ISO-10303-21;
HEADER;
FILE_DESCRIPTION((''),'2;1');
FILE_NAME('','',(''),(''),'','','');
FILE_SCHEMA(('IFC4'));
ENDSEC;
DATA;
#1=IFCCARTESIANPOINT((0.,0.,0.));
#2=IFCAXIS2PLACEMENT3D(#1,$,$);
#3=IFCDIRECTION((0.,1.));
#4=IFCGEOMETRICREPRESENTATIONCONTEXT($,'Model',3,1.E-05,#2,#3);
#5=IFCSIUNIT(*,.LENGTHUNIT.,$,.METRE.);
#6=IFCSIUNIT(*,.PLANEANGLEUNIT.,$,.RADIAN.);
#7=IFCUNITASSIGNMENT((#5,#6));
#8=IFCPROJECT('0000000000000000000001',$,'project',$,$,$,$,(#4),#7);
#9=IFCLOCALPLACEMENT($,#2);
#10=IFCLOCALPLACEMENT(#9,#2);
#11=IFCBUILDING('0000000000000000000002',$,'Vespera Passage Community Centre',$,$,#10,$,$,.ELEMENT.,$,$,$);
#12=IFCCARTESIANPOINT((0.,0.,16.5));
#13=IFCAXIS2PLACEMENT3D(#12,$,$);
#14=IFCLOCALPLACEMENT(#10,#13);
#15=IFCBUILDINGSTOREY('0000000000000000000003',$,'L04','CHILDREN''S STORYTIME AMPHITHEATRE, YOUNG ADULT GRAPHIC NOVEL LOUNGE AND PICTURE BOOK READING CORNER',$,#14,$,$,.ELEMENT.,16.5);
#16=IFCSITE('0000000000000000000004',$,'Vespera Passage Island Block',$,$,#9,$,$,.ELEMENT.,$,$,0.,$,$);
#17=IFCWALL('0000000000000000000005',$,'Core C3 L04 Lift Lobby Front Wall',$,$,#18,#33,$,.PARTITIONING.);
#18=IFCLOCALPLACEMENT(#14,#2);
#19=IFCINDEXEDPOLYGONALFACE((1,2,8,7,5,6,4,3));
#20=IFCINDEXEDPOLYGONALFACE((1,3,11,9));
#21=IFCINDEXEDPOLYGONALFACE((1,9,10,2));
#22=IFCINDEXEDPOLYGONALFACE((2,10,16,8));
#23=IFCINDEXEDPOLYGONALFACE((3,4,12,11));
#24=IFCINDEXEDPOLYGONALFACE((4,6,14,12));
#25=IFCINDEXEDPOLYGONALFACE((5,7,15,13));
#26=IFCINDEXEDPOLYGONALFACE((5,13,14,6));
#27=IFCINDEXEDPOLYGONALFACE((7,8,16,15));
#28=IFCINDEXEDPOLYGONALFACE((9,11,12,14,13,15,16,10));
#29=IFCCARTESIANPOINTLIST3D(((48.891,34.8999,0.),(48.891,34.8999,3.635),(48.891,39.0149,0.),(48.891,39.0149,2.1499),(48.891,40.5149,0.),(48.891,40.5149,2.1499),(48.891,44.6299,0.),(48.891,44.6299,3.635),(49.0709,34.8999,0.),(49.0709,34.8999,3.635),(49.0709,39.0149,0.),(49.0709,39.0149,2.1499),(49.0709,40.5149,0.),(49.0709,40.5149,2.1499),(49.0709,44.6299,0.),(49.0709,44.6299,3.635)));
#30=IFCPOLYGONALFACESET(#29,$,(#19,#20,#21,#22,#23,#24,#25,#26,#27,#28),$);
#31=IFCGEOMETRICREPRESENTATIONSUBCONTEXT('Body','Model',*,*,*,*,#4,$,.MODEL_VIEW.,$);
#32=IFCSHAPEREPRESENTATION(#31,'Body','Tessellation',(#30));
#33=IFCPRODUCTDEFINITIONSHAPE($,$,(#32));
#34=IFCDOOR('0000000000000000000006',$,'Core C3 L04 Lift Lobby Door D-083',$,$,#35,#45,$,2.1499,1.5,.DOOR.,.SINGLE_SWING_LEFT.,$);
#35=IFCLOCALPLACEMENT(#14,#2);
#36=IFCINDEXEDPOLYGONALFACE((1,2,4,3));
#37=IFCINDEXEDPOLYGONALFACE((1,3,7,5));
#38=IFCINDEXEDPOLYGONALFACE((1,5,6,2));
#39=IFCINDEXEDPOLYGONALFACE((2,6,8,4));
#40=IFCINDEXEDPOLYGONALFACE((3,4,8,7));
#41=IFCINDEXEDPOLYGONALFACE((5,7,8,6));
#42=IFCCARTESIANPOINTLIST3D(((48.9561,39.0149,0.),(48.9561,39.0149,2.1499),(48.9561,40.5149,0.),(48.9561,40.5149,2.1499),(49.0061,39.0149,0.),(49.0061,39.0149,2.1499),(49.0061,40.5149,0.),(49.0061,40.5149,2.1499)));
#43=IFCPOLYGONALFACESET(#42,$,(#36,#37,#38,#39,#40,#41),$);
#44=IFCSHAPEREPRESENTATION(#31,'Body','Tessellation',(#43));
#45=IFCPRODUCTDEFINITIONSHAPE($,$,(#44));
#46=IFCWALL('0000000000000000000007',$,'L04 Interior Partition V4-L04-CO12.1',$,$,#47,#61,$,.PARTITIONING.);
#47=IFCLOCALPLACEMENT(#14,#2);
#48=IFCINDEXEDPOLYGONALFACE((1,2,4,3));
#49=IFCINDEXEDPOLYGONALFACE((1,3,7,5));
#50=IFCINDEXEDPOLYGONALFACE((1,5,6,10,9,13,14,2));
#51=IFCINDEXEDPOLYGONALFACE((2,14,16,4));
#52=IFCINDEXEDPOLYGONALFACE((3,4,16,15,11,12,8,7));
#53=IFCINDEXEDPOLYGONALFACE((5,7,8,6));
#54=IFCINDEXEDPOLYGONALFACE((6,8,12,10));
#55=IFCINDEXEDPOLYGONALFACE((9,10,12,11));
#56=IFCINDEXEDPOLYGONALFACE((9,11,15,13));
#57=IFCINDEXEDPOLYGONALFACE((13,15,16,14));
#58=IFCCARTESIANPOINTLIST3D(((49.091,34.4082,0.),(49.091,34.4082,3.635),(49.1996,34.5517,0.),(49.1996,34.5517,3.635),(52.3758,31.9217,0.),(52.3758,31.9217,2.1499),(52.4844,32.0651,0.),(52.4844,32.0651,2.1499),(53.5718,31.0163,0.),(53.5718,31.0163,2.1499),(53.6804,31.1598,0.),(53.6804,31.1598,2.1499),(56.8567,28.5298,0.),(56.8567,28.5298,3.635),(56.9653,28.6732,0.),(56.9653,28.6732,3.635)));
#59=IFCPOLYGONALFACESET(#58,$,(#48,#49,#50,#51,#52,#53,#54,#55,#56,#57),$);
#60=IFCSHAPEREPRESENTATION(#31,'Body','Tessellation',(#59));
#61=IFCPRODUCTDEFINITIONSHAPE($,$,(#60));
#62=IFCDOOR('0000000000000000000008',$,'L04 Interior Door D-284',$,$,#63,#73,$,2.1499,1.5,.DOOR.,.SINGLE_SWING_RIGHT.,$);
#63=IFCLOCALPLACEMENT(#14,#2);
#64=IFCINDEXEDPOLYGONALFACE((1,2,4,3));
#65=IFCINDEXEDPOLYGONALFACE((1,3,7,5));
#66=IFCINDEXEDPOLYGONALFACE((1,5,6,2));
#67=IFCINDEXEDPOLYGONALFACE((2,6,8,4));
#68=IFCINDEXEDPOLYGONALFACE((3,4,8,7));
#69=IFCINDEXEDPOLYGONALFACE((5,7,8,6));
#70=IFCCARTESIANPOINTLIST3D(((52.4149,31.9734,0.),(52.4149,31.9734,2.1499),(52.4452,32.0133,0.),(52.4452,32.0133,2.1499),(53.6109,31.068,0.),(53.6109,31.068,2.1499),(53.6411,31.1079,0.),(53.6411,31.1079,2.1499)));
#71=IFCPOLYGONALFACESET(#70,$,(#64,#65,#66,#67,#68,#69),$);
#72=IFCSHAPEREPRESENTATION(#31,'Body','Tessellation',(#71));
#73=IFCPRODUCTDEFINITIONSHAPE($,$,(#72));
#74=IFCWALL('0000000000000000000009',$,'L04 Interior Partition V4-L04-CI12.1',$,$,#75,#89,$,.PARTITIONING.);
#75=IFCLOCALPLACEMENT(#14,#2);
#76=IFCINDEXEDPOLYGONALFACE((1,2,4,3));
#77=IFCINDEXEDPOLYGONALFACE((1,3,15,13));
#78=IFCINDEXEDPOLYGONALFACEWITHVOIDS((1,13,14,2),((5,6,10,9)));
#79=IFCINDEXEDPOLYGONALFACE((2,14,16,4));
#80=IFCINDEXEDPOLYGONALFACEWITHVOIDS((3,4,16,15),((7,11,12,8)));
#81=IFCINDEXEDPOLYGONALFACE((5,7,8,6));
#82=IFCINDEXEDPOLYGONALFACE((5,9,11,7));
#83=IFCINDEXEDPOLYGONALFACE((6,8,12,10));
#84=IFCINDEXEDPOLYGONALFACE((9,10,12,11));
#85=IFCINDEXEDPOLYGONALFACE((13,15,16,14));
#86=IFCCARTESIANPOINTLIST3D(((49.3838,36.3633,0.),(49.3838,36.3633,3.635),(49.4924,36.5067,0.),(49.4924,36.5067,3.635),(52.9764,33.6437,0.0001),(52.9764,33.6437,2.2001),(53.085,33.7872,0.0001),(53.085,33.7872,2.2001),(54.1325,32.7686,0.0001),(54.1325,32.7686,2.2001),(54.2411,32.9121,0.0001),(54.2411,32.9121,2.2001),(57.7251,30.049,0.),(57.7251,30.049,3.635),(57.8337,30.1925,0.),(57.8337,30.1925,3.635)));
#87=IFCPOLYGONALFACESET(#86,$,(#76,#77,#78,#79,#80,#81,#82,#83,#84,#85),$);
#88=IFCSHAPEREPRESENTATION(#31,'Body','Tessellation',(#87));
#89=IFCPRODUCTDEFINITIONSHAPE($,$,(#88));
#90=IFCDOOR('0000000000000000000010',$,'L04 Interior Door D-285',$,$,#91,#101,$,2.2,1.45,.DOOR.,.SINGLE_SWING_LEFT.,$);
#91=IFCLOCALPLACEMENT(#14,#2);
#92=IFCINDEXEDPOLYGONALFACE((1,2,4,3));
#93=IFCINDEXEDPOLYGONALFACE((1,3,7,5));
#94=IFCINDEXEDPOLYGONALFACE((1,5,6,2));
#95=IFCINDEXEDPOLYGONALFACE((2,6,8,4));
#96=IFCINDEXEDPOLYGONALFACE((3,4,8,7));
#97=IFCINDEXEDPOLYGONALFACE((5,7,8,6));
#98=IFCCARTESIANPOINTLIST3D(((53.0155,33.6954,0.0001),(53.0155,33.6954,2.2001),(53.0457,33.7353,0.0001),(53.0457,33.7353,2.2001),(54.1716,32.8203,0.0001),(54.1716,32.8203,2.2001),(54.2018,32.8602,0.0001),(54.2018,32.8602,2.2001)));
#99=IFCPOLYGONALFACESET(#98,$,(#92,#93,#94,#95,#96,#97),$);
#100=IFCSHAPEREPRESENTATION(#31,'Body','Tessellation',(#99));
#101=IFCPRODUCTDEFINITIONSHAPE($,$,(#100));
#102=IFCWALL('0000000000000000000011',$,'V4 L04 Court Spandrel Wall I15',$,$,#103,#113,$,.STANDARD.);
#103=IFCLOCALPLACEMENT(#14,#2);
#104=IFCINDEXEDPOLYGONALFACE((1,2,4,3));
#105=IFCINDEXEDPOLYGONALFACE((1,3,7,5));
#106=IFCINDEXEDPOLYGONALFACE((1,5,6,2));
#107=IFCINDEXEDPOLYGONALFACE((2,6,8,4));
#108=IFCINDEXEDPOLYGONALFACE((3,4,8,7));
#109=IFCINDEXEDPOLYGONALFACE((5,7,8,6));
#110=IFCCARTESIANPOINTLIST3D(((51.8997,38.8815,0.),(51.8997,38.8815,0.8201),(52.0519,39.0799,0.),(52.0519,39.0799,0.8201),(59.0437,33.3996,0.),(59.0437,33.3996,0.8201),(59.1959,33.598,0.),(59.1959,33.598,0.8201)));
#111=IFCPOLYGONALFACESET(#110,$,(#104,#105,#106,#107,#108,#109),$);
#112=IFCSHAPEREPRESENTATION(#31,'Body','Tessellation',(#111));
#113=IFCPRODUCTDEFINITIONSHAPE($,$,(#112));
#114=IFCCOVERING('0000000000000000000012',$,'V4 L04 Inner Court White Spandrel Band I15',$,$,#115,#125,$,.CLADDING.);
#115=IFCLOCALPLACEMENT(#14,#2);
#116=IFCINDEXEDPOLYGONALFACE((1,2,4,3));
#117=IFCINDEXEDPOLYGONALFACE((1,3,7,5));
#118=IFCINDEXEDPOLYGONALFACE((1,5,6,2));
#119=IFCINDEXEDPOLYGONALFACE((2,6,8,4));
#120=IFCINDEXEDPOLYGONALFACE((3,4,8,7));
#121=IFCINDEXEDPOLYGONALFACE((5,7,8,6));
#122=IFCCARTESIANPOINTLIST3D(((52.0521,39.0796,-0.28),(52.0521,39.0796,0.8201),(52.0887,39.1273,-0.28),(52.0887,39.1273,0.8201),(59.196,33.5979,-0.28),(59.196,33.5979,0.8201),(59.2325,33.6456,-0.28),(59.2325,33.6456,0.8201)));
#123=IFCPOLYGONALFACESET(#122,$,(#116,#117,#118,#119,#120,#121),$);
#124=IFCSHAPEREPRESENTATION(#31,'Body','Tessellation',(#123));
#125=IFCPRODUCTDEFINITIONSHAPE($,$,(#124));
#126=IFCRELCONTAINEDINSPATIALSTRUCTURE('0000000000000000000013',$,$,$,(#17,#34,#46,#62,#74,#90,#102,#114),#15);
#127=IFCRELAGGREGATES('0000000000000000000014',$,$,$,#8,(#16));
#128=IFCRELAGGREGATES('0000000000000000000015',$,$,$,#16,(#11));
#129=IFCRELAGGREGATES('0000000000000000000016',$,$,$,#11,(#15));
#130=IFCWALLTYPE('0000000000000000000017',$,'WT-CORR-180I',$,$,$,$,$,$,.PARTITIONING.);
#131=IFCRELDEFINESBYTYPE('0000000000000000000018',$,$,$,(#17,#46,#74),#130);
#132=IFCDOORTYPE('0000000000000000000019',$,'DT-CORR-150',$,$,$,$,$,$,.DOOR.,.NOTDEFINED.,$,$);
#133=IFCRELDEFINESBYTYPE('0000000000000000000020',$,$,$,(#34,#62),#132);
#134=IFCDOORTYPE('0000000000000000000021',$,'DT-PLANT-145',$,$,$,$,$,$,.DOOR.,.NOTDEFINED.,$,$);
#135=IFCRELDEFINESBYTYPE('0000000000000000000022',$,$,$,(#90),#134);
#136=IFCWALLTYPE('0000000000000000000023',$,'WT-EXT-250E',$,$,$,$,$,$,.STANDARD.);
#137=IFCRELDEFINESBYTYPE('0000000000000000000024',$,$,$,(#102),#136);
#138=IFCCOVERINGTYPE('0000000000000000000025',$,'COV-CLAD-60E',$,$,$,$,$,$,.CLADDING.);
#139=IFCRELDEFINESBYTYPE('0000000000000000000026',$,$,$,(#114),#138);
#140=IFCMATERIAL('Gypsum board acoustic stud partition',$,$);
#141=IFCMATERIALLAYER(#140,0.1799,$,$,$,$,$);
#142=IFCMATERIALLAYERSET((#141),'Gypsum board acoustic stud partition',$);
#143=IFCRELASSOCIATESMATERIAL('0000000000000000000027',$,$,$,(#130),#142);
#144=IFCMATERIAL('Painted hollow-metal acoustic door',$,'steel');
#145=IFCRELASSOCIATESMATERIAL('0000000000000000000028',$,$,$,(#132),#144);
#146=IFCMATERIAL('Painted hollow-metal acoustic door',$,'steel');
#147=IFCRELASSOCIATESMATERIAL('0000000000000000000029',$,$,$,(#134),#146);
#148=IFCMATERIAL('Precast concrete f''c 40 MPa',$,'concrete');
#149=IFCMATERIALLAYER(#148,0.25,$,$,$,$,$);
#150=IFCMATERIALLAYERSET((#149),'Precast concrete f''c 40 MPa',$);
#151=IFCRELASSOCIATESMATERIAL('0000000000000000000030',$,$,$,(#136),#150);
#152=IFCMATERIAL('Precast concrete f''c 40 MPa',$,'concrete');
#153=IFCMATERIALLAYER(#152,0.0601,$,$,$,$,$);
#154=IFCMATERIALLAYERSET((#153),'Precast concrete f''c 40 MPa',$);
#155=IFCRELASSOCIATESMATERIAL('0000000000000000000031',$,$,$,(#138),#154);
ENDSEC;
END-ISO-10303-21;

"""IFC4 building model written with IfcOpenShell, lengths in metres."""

from ifc_helpers import new_model, si_unit, direction, frame, frame_2d, origin, place, context, subcontext, project, spatial, rectangle, extrude, material, layer, layer_set, type_object, element, fill, save


model = new_model("IFC4")

# Units and contexts
model_context = context("Model", 3, precision=1e-05, world=origin(), true_north=direction((0.0, 1.0)))
body_context = subcontext(model_context, "Body", "Model", "MODEL_VIEW")
ifc_project = project(units=[si_unit("LENGTHUNIT", "METRE"), si_unit("PLANEANGLEUNIT", "RADIAN")], contexts=[model_context])

# Site, building, storey
site_placement = place(None, origin())
site = spatial("IfcSite", under=ifc_project, at=site_placement, Name="Vespera Passage Island Block", CompositionType="ELEMENT", RefElevation=0.0)
building_placement = place(site_placement, origin())
building = spatial("IfcBuilding", under=site, at=building_placement, Name="Vespera Passage Community Centre", CompositionType="ELEMENT")
storey_placement = place(building_placement, frame((0.0, 0.0, 16.5)))
storey = spatial("IfcBuildingStorey", under=building, at=storey_placement, Name="L04", Description="CHILDREN'S STORYTIME AMPHITHEATRE, YOUNG ADULT GRAPHIC NOVEL LOUNGE AND PICTURE BOOK READING CORNER", CompositionType="ELEMENT", Elevation=16.5)

# Walls, openings, doors
ifc_material_1 = material(Name="Gypsum board acoustic stud partition")
ifc_layer_1 = layer(ifc_material_1, 0.1799)
ifc_layer_set_1 = layer_set([ifc_layer_1], Name="Gypsum board acoustic stud partition")
wall_type_1 = type_object("IfcWallType", Name="WT-CORR-180I", PredefinedType="PARTITIONING", material=ifc_layer_set_1)
wall_1_placement = place(storey_placement, frame((48.981, 34.8999, 0.0), z_axis=(0.0, 0.0, 1.0), x_axis=(0.0, 1.0, 0.0)))
wall_1 = element("IfcWall", 1, at=wall_1_placement, inside=storey, type_object=wall_type_1, Name="Core C3 L04 Lift Lobby Front Wall", PredefinedType="PARTITIONING", context=body_context, shape_type="SweptSolid", body=[
    extrude(rectangle(XDim=9.73, YDim=0.1799, at=frame_2d((4.865, 0.0))), origin(), (0.0, 0.0, 1.0), 3.635),
])
opening_1_placement = place(wall_1_placement, frame((4.115, 0.0, 0.0)))
opening_1 = element("IfcOpeningElement", 2, at=opening_1_placement, cuts=wall_1, PredefinedType="OPENING", context=body_context, shape_type="SweptSolid", body=[
    extrude(rectangle(XDim=1.5, YDim=2.1499, at=frame_2d((0.75, 1.075))), frame((0.0, 0.0999, 0.0), z_axis=(0.0, -1.0, 0.0), x_axis=(1.0, 0.0, 0.0)), (0.0, 0.0, 1.0), 0.2),
])
ifc_material_2 = material(Name="Painted hollow-metal acoustic door", Category="steel")
door_type_1 = type_object("IfcDoorType", Name="DT-CORR-150", OperationType="NOTDEFINED", PredefinedType="DOOR", material=ifc_material_2)
door_1_placement = place(opening_1_placement, origin())
door_1 = element("IfcDoor", 3, at=door_1_placement, inside=storey, type_object=door_type_1, Name="Core C3 L04 Lift Lobby Door D-083", OperationType="SINGLE_SWING_LEFT", OverallHeight=2.1499, OverallWidth=1.5, PredefinedType="DOOR", context=body_context, shape_type="SweptSolid", body=[
    extrude(rectangle(XDim=1.5, YDim=2.1499, at=frame_2d((0.75, 1.075))), frame((0.0, 0.0249, 0.0), z_axis=(0.0, -1.0, 0.0), x_axis=(1.0, 0.0, 0.0)), (0.0, 0.0, 1.0), 0.05),
])
fill(opening_1, door_1)
wall_2_placement = place(storey_placement, frame((49.1453, 34.48, 0.0), z_axis=(0.0, 0.0, 1.0), x_axis=(0.797321, -0.603556, 0.0)))
wall_2 = element("IfcWall", 4, at=wall_2_placement, inside=storey, type_object=wall_type_1, Name="L04 Interior Partition V4-L04-CO12.1", PredefinedType="PARTITIONING", context=body_context, shape_type="SweptSolid", body=[
    extrude(rectangle(XDim=9.7397, YDim=0.1799, at=frame_2d((4.8699, 0.0))), origin(), (0.0, 0.0, 1.0), 3.635),
])
opening_2_placement = place(wall_2_placement, frame((4.1199, 0.0, 0.0)))
opening_2 = element("IfcOpeningElement", 5, at=opening_2_placement, cuts=wall_2, PredefinedType="OPENING", context=body_context, shape_type="SweptSolid", body=[
    extrude(rectangle(XDim=1.5, YDim=2.1499, at=frame_2d((0.75, 1.075))), frame((0.0, 0.0999, 0.0), z_axis=(0.0, -1.0, 0.0), x_axis=(1.0, 0.0, 0.0)), (0.0, 0.0, 1.0), 0.2),
])
door_2_placement = place(opening_2_placement, origin())
door_2 = element("IfcDoor", 6, at=door_2_placement, inside=storey, type_object=door_type_1, Name="L04 Interior Door D-284", OperationType="SINGLE_SWING_RIGHT", OverallHeight=2.1499, OverallWidth=1.5, PredefinedType="DOOR", context=body_context, shape_type="SweptSolid", body=[
    extrude(rectangle(XDim=1.5, YDim=2.1499, at=frame_2d((0.75, 1.075))), frame((0.0, 0.0249, 0.0), z_axis=(0.0, -1.0, 0.0), x_axis=(1.0, 0.0, 0.0)), (0.0, 0.0, 1.0), 0.05),
])
fill(opening_2, door_2)
wall_3_placement = place(storey_placement, frame((49.438, 36.4351, 0.0), z_axis=(0.0, 0.0, 1.0), x_axis=(0.79732, -0.603556, 0.0)))
wall_3 = element("IfcWall", 7, at=wall_3_placement, inside=storey, type_object=wall_type_1, Name="L04 Interior Partition V4-L04-CI12.1", PredefinedType="PARTITIONING", context=body_context, shape_type="SweptSolid", body=[
    extrude(rectangle(XDim=10.4617, YDim=0.1799, at=frame_2d((5.231, 0.0))), origin(), (0.0, 0.0, 1.0), 3.635),
])
opening_3_placement = place(wall_3_placement, frame((4.5059, 0.0, 0.0)))
opening_3 = element("IfcOpeningElement", 8, at=opening_3_placement, cuts=wall_3, PredefinedType="OPENING", context=body_context, shape_type="SweptSolid", body=[
    extrude(rectangle(XDim=1.45, YDim=2.2, at=frame_2d((0.7251, 1.1001))), frame((0.0, 0.0999, 0.0), z_axis=(0.0, -1.0, 0.0), x_axis=(1.0, 0.0, 0.0)), (0.0, 0.0, 1.0), 0.2),
])
ifc_material_3 = material(Name="Painted hollow-metal acoustic door", Category="steel")
door_type_2 = type_object("IfcDoorType", Name="DT-PLANT-145", OperationType="NOTDEFINED", PredefinedType="DOOR", material=ifc_material_3)
door_3_placement = place(opening_3_placement, origin())
door_3 = element("IfcDoor", 9, at=door_3_placement, inside=storey, type_object=door_type_2, Name="L04 Interior Door D-285", OperationType="SINGLE_SWING_LEFT", OverallHeight=2.2, OverallWidth=1.45, PredefinedType="DOOR", context=body_context, shape_type="SweptSolid", body=[
    extrude(rectangle(XDim=1.45, YDim=2.2, at=frame_2d((0.7251, 1.1001))), frame((0.0, 0.0249, 0.0), z_axis=(0.0, -1.0, 0.0), x_axis=(1.0, 0.0, 0.0)), (0.0, 0.0, 1.0), 0.05),
])
fill(opening_3, door_3)

# Wall
ifc_material_4 = material(Name="Precast concrete f'c 40 MPa", Category="concrete")
ifc_layer_2 = layer(ifc_material_4, 0.25)
ifc_layer_set_2 = layer_set([ifc_layer_2], Name="Precast concrete f'c 40 MPa")
wall_type_2 = type_object("IfcWallType", Name="WT-EXT-250E", PredefinedType="STANDARD", material=ifc_layer_set_2)
wall_4_placement = place(storey_placement, frame((51.9758, 38.9807, 0.0), z_axis=(0.0, 0.0, 1.0), x_axis=(0.793347, -0.60877, 0.0)))
element("IfcWall", 10, at=wall_4_placement, inside=storey, type_object=wall_type_2, Name="V4 L04 Court Spandrel Wall I15", PredefinedType="STANDARD", context=body_context, shape_type="SweptSolid", body=[
    extrude(rectangle(XDim=9.0049, YDim=0.25, at=frame_2d((4.5024, 0.0))), origin(), (0.0, 0.0, 1.0), 0.8201),
])

# Covering
ifc_material_5 = material(Name="Precast concrete f'c 40 MPa", Category="concrete")
ifc_layer_3 = layer(ifc_material_5, 0.0601)
ifc_layer_set_3 = layer_set([ifc_layer_3], Name="Precast concrete f'c 40 MPa")
covering_type = type_object("IfcCoveringType", Name="COV-CLAD-60E", PredefinedType="CLADDING", material=ifc_layer_set_3)
covering_placement = place(storey_placement, frame((52.0703, 39.1035, -0.28), z_axis=(0.0, 0.0, 1.0), x_axis=(0.79335, -0.608766, 0.0)))
element("IfcCovering", 11, at=covering_placement, inside=storey, type_object=covering_type, Name="V4 L04 Inner Court White Spandrel Band I15", PredefinedType="CLADDING", context=body_context, shape_type="SweptSolid", body=[
    extrude(rectangle(XDim=9.0046, YDim=0.0601, at=frame_2d((4.5024, 0.0))), origin(), (0.0, 0.0, 1.0), 1.1001),
])

save(model, "model.ifc")
